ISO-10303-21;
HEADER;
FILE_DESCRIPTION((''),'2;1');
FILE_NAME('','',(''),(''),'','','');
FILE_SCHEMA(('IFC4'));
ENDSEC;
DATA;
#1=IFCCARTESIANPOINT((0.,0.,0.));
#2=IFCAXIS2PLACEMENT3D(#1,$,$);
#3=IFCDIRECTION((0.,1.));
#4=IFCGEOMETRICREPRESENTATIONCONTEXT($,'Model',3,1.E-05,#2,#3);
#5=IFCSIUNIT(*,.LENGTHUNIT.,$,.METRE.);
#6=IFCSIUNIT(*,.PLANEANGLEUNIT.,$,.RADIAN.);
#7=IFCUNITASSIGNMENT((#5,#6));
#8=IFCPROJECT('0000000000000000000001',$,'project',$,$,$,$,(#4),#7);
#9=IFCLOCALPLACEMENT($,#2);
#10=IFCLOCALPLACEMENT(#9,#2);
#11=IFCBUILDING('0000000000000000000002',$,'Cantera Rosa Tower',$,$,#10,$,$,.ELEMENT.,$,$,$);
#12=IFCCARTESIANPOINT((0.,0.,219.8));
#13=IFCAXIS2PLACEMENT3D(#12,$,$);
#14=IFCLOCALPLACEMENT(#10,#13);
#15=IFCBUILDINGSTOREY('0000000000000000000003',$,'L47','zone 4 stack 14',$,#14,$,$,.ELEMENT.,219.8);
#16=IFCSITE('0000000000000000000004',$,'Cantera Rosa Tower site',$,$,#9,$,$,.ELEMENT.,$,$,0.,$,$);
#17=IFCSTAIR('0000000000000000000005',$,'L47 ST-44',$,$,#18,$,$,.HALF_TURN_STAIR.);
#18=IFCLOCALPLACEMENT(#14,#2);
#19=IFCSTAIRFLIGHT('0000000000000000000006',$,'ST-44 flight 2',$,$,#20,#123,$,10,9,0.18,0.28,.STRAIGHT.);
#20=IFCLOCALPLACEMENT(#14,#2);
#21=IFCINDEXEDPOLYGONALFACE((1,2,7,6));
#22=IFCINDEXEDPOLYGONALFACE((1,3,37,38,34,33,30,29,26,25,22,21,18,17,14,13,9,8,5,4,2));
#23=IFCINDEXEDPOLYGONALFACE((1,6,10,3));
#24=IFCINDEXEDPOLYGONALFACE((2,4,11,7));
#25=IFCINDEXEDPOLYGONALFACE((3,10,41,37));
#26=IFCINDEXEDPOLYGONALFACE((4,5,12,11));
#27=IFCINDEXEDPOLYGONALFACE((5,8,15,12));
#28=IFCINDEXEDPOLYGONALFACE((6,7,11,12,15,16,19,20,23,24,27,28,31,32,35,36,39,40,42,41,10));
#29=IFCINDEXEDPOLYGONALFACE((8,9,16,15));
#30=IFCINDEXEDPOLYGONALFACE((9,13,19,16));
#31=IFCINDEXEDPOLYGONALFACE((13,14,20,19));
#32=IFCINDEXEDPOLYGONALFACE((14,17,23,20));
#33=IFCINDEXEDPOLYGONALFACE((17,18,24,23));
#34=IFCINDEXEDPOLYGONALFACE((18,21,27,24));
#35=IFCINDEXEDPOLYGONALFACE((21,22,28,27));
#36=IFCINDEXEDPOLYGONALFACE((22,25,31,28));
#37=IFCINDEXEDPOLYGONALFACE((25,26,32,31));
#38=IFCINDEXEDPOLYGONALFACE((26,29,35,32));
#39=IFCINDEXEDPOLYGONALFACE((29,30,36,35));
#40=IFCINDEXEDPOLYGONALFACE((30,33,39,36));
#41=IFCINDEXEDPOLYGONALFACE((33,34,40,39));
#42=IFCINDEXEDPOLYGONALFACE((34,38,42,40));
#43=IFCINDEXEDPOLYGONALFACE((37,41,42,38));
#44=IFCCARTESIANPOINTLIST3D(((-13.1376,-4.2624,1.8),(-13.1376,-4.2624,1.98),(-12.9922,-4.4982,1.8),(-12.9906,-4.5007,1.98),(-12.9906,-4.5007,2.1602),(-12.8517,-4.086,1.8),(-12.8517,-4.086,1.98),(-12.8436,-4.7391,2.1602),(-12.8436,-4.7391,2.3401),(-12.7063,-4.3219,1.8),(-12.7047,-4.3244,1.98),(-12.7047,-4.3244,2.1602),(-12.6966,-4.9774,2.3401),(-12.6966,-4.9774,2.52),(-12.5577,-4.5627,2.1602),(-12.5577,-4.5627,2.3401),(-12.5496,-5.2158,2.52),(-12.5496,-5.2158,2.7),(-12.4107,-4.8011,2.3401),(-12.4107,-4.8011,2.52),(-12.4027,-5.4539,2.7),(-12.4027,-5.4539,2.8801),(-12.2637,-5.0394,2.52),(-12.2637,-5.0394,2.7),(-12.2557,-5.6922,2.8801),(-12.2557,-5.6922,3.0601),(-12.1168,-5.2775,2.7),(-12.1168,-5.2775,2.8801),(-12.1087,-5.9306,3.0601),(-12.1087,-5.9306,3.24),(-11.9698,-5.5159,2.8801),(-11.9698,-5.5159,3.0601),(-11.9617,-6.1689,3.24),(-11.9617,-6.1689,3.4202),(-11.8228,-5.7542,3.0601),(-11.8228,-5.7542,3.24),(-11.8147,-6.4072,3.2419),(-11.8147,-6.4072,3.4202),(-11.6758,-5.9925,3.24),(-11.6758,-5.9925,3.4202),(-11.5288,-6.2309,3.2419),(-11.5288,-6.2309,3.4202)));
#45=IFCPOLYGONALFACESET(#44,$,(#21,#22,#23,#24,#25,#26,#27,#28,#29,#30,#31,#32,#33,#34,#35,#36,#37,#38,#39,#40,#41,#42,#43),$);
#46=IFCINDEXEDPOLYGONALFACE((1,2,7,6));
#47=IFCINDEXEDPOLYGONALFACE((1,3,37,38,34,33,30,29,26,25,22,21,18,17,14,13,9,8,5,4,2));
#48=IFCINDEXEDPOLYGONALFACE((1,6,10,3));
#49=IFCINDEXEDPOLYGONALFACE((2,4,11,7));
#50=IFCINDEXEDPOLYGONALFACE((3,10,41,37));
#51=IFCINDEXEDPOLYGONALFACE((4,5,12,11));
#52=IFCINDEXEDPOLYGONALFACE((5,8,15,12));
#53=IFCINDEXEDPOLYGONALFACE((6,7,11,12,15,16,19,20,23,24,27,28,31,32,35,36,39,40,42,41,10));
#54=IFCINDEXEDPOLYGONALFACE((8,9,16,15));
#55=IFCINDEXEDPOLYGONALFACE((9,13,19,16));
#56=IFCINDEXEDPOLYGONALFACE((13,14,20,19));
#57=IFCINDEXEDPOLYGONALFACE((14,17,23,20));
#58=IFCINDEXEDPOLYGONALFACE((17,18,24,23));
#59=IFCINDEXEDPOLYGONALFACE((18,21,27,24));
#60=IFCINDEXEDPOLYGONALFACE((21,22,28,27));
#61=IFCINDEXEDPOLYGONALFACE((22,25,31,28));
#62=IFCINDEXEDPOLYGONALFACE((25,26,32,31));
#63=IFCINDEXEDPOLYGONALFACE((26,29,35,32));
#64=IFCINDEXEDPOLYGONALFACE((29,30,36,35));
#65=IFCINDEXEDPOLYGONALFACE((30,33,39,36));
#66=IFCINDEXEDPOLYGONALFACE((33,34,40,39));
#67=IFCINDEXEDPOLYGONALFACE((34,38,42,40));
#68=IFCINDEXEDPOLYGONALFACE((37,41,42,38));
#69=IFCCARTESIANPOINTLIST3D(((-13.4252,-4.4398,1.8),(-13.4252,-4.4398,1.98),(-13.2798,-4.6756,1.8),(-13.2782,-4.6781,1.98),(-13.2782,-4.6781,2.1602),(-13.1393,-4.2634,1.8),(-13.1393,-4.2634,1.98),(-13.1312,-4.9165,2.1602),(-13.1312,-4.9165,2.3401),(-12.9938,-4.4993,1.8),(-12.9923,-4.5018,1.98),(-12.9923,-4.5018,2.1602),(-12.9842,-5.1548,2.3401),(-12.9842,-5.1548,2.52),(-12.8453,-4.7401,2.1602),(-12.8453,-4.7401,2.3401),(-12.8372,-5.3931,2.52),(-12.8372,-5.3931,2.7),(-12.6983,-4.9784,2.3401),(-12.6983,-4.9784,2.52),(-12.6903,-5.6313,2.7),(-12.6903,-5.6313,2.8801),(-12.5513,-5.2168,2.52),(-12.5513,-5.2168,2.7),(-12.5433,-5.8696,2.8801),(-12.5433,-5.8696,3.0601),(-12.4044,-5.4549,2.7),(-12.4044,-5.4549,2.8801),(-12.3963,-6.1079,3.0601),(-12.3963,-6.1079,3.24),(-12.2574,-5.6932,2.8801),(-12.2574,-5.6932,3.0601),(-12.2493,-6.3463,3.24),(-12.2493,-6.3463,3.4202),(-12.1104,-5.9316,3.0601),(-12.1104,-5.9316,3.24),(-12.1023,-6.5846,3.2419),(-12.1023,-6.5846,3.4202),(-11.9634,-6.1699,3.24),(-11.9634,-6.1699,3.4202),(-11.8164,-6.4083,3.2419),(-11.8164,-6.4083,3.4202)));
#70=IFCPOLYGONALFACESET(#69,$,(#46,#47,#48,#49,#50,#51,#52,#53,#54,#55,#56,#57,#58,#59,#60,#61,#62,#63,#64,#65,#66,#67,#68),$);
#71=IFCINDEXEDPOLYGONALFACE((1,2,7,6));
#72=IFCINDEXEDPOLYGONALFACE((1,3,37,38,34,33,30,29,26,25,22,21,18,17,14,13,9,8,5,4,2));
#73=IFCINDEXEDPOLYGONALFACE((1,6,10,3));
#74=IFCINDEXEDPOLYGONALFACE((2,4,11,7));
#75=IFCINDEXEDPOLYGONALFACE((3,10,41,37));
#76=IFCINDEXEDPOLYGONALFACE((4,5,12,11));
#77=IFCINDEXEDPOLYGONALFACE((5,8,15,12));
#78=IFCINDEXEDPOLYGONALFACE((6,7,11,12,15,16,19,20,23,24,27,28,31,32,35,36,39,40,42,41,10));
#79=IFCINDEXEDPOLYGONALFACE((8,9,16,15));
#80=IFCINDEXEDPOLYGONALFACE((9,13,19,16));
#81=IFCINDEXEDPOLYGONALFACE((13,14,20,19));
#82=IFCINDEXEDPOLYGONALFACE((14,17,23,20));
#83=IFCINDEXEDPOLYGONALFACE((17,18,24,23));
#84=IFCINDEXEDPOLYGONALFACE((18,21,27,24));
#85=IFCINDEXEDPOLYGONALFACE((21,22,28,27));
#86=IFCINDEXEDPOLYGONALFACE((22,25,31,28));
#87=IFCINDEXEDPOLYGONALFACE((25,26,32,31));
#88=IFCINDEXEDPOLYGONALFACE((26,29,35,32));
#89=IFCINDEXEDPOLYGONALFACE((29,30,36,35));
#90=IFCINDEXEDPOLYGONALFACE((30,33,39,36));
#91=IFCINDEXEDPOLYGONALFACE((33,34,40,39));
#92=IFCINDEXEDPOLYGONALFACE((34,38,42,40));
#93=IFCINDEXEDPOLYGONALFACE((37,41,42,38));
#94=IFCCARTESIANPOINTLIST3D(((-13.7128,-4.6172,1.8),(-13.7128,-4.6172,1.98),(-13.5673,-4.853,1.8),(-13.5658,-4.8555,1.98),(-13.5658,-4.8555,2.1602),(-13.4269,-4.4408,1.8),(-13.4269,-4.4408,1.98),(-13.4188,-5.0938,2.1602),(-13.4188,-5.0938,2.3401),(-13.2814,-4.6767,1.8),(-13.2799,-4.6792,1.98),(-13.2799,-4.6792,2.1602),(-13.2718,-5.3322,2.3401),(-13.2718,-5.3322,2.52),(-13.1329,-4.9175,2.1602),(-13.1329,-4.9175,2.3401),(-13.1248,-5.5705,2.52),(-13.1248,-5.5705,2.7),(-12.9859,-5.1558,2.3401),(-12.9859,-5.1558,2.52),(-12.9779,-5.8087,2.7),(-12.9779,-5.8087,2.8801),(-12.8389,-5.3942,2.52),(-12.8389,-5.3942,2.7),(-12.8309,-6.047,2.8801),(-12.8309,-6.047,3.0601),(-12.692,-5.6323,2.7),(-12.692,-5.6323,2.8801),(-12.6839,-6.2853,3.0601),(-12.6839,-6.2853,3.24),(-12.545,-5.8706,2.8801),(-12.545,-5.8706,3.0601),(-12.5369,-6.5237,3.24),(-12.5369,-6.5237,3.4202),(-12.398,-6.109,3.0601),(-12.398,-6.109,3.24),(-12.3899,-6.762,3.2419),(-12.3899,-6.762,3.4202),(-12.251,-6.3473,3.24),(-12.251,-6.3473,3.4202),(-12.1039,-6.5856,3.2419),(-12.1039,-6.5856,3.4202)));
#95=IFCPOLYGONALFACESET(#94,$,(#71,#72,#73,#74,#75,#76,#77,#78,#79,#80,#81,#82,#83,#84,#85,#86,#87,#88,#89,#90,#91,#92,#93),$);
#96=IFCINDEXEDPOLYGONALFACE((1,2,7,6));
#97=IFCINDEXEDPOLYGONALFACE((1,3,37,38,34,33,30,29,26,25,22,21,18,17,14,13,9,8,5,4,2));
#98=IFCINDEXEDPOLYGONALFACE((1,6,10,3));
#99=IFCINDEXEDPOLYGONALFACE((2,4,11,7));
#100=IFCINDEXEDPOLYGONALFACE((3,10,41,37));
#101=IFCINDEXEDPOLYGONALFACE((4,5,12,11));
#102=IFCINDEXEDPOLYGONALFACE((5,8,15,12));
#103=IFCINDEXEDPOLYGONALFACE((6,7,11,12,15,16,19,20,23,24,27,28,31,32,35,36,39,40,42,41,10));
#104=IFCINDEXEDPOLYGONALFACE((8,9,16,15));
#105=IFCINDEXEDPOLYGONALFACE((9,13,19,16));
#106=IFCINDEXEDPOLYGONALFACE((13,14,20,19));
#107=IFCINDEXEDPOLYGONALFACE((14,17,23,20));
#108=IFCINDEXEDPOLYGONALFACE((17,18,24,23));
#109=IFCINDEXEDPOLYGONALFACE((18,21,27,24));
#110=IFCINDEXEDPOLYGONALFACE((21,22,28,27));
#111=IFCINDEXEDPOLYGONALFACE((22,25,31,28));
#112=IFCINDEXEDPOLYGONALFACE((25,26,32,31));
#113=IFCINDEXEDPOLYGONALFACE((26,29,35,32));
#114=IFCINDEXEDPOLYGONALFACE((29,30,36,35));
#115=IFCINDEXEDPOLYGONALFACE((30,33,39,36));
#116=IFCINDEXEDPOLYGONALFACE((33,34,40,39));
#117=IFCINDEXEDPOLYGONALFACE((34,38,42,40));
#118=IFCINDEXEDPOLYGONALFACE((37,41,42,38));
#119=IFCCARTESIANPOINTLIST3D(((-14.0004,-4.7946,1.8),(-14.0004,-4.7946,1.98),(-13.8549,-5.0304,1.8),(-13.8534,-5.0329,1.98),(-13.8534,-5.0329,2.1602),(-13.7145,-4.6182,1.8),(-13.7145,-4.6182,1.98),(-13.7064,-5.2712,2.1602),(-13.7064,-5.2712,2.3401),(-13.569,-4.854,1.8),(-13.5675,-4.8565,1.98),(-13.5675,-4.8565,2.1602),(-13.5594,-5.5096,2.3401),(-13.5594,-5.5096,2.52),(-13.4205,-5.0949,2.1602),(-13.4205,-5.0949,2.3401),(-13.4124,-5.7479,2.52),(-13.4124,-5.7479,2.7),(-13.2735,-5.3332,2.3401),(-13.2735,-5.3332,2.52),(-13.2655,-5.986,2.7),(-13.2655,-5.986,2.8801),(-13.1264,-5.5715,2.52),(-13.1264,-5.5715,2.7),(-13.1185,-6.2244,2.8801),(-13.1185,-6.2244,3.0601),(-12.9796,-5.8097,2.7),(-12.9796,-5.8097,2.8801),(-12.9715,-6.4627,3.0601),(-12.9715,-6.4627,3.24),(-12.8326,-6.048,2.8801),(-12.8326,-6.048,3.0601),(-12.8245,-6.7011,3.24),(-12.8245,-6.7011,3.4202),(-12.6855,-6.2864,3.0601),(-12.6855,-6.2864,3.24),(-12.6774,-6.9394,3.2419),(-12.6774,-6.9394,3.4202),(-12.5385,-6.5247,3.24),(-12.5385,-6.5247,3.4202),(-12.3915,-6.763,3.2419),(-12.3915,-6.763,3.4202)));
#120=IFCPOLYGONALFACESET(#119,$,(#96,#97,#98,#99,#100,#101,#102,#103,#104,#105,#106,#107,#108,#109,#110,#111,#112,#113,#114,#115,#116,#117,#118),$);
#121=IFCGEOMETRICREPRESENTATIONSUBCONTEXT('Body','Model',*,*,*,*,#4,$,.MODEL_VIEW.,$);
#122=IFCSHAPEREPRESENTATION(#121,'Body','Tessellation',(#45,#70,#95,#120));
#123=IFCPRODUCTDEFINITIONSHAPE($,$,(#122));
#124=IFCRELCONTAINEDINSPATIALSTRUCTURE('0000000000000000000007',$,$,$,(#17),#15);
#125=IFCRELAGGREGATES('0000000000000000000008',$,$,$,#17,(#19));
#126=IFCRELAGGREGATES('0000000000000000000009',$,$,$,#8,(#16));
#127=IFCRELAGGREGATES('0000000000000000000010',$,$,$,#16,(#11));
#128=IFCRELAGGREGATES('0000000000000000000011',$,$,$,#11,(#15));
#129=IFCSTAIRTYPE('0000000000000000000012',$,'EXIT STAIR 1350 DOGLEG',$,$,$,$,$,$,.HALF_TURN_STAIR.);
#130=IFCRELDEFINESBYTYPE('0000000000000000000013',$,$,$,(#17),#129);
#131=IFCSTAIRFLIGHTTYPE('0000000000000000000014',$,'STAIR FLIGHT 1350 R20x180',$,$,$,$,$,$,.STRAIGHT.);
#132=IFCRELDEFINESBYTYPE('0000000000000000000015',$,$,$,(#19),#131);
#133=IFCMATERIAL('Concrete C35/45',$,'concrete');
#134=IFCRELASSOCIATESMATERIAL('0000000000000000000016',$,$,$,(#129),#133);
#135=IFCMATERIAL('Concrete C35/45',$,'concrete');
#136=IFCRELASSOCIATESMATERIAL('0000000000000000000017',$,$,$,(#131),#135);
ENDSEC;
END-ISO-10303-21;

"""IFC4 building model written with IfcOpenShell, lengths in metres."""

from ifc_helpers import new_model, si_unit, direction, frame, origin, place, context, subcontext, project, spatial, polyline, outline, extrude, material, type_object, element, aggregate, save


model = new_model("IFC4")

# Units and contexts
model_context = context("Model", 3, precision=1e-05, world=origin(), true_north=direction((0.0, 1.0)))
body_context = subcontext(model_context, "Body", "Model", "MODEL_VIEW")
ifc_project = project(units=[si_unit("LENGTHUNIT", "METRE"), si_unit("PLANEANGLEUNIT", "RADIAN")], contexts=[model_context])

# Site, building, storey
site_placement = place(None, origin())
site = spatial("IfcSite", under=ifc_project, at=site_placement, Name="Cantera Rosa Tower site", CompositionType="ELEMENT", RefElevation=0.0)
building_placement = place(site_placement, origin())
building = spatial("IfcBuilding", under=site, at=building_placement, Name="Cantera Rosa Tower", CompositionType="ELEMENT")
storey_placement = place(building_placement, frame((0.0, 0.0, 219.8)))
storey = spatial("IfcBuildingStorey", under=building, at=storey_placement, Name="L47", Description="zone 4 stack 14", CompositionType="ELEMENT", Elevation=219.8)

# Shared definitions
ifc_material_1 = material(Name="Concrete C35/45", Category="concrete")
stair_type = type_object("IfcStairType", Name="EXIT STAIR 1350 DOGLEG", PredefinedType="HALF_TURN_STAIR", material=ifc_material_1)
ifc_material_2 = material(Name="Concrete C35/45", Category="concrete")
stair_flight_type = type_object("IfcStairFlightType", Name="STAIR FLIGHT 1350 R20x180", PredefinedType="STRAIGHT", material=ifc_material_2)

# Stair, stair flight
stair_1_placement = place(storey_placement, origin())
stair_1 = element("IfcStair", 1, at=stair_1_placement, inside=storey, type_object=stair_type, Name="L47 ST-44", PredefinedType="HALF_TURN_STAIR")
stair_flight_1_placement = place(storey_placement, frame((-13.4263, -4.4404, 1.8), z_axis=(0.0, 0.0, 1.0), x_axis=(0.524977, -0.851117, 0.0)))
stair_flight_1 = element("IfcStairFlight", 2, at=stair_flight_1_placement, type_object=stair_flight_type, Name="ST-44 flight 2", NumberOfRisers=10, NumberOfTreads=9, PredefinedType="STRAIGHT", RiserHeight=0.18, TreadLength=0.28, context=body_context, shape_type="SweptSolid", body=[
    extrude(outline(polyline([(0.0, 0.0), (0.0, 0.1799), (0.28, 0.1799), (0.28, 0.3601), (0.5601, 0.3601), (0.5601, 0.54), (0.8401, 0.54), (0.8401, 0.72), (1.1201, 0.72), (1.1201, 0.8999), (1.3999, 0.8999), (1.3999, 1.0801), (1.6799, 1.0801), (1.6799, 1.26), (1.96, 1.26), (1.96, 1.4399), (2.24, 1.4399), (2.24, 1.6201), (2.52, 1.6201), (2.52, 1.8), (2.52, 1.4419), (0.2771, 0.0), (0.0, 0.0)])), frame((0.0, 0.675, 0.0), z_axis=(0.0, -1.0, 0.0), x_axis=(1.0, 0.0, 0.0)), (0.0, 0.0, 1.0), 0.3359),
    extrude(outline(polyline([(0.0, 0.0), (0.0, 0.1799), (0.28, 0.1799), (0.28, 0.3601), (0.5601, 0.3601), (0.5601, 0.54), (0.8401, 0.54), (0.8401, 0.72), (1.1201, 0.72), (1.1201, 0.8999), (1.3999, 0.8999), (1.3999, 1.0801), (1.6799, 1.0801), (1.6799, 1.26), (1.96, 1.26), (1.96, 1.4399), (2.24, 1.4399), (2.24, 1.6201), (2.52, 1.6201), (2.52, 1.8), (2.52, 1.4419), (0.2771, 0.0), (0.0, 0.0)])), frame((0.0, 0.3372, 0.0), z_axis=(0.0, -1.0, 0.0), x_axis=(1.0, 0.0, 0.0)), (0.0, 0.0, 1.0), 0.3359),
    extrude(outline(polyline([(0.0, 0.0), (0.0, 0.1799), (0.28, 0.1799), (0.28, 0.3601), (0.5601, 0.3601), (0.5601, 0.54), (0.8401, 0.54), (0.8401, 0.72), (1.1201, 0.72), (1.1201, 0.8999), (1.3999, 0.8999), (1.3999, 1.0801), (1.6799, 1.0801), (1.6799, 1.26), (1.96, 1.26), (1.96, 1.4399), (2.24, 1.4399), (2.24, 1.6201), (2.52, 1.6201), (2.52, 1.8), (2.52, 1.4419), (0.2771, 0.0), (0.0, 0.0)])), frame((0.0, -0.0007, 0.0), z_axis=(0.0, -1.0, 0.0), x_axis=(1.0, 0.0, 0.0)), (0.0, 0.0, 1.0), 0.3359),
    extrude(outline(polyline([(0.0, 0.0), (0.0, 0.1799), (0.28, 0.1799), (0.28, 0.3601), (0.5601, 0.3601), (0.5601, 0.54), (0.8401, 0.54), (0.8401, 0.72), (1.1201, 0.72), (1.1201, 0.8999), (1.3999, 0.8999), (1.3999, 1.0801), (1.6799, 1.0801), (1.6799, 1.26), (1.96, 1.26), (1.96, 1.4399), (2.24, 1.4399), (2.24, 1.6201), (2.52, 1.6201), (2.52, 1.8), (2.52, 1.4419), (0.2771, 0.0), (0.0, 0.0)])), frame((0.0, -0.3386, 0.0), z_axis=(0.0, -1.0, 0.0), x_axis=(1.0, 0.0, 0.0)), (0.0, 0.0, 1.0), 0.3359),
])
aggregate(stair_1, [stair_flight_1])

save(model, "model.ifc")
